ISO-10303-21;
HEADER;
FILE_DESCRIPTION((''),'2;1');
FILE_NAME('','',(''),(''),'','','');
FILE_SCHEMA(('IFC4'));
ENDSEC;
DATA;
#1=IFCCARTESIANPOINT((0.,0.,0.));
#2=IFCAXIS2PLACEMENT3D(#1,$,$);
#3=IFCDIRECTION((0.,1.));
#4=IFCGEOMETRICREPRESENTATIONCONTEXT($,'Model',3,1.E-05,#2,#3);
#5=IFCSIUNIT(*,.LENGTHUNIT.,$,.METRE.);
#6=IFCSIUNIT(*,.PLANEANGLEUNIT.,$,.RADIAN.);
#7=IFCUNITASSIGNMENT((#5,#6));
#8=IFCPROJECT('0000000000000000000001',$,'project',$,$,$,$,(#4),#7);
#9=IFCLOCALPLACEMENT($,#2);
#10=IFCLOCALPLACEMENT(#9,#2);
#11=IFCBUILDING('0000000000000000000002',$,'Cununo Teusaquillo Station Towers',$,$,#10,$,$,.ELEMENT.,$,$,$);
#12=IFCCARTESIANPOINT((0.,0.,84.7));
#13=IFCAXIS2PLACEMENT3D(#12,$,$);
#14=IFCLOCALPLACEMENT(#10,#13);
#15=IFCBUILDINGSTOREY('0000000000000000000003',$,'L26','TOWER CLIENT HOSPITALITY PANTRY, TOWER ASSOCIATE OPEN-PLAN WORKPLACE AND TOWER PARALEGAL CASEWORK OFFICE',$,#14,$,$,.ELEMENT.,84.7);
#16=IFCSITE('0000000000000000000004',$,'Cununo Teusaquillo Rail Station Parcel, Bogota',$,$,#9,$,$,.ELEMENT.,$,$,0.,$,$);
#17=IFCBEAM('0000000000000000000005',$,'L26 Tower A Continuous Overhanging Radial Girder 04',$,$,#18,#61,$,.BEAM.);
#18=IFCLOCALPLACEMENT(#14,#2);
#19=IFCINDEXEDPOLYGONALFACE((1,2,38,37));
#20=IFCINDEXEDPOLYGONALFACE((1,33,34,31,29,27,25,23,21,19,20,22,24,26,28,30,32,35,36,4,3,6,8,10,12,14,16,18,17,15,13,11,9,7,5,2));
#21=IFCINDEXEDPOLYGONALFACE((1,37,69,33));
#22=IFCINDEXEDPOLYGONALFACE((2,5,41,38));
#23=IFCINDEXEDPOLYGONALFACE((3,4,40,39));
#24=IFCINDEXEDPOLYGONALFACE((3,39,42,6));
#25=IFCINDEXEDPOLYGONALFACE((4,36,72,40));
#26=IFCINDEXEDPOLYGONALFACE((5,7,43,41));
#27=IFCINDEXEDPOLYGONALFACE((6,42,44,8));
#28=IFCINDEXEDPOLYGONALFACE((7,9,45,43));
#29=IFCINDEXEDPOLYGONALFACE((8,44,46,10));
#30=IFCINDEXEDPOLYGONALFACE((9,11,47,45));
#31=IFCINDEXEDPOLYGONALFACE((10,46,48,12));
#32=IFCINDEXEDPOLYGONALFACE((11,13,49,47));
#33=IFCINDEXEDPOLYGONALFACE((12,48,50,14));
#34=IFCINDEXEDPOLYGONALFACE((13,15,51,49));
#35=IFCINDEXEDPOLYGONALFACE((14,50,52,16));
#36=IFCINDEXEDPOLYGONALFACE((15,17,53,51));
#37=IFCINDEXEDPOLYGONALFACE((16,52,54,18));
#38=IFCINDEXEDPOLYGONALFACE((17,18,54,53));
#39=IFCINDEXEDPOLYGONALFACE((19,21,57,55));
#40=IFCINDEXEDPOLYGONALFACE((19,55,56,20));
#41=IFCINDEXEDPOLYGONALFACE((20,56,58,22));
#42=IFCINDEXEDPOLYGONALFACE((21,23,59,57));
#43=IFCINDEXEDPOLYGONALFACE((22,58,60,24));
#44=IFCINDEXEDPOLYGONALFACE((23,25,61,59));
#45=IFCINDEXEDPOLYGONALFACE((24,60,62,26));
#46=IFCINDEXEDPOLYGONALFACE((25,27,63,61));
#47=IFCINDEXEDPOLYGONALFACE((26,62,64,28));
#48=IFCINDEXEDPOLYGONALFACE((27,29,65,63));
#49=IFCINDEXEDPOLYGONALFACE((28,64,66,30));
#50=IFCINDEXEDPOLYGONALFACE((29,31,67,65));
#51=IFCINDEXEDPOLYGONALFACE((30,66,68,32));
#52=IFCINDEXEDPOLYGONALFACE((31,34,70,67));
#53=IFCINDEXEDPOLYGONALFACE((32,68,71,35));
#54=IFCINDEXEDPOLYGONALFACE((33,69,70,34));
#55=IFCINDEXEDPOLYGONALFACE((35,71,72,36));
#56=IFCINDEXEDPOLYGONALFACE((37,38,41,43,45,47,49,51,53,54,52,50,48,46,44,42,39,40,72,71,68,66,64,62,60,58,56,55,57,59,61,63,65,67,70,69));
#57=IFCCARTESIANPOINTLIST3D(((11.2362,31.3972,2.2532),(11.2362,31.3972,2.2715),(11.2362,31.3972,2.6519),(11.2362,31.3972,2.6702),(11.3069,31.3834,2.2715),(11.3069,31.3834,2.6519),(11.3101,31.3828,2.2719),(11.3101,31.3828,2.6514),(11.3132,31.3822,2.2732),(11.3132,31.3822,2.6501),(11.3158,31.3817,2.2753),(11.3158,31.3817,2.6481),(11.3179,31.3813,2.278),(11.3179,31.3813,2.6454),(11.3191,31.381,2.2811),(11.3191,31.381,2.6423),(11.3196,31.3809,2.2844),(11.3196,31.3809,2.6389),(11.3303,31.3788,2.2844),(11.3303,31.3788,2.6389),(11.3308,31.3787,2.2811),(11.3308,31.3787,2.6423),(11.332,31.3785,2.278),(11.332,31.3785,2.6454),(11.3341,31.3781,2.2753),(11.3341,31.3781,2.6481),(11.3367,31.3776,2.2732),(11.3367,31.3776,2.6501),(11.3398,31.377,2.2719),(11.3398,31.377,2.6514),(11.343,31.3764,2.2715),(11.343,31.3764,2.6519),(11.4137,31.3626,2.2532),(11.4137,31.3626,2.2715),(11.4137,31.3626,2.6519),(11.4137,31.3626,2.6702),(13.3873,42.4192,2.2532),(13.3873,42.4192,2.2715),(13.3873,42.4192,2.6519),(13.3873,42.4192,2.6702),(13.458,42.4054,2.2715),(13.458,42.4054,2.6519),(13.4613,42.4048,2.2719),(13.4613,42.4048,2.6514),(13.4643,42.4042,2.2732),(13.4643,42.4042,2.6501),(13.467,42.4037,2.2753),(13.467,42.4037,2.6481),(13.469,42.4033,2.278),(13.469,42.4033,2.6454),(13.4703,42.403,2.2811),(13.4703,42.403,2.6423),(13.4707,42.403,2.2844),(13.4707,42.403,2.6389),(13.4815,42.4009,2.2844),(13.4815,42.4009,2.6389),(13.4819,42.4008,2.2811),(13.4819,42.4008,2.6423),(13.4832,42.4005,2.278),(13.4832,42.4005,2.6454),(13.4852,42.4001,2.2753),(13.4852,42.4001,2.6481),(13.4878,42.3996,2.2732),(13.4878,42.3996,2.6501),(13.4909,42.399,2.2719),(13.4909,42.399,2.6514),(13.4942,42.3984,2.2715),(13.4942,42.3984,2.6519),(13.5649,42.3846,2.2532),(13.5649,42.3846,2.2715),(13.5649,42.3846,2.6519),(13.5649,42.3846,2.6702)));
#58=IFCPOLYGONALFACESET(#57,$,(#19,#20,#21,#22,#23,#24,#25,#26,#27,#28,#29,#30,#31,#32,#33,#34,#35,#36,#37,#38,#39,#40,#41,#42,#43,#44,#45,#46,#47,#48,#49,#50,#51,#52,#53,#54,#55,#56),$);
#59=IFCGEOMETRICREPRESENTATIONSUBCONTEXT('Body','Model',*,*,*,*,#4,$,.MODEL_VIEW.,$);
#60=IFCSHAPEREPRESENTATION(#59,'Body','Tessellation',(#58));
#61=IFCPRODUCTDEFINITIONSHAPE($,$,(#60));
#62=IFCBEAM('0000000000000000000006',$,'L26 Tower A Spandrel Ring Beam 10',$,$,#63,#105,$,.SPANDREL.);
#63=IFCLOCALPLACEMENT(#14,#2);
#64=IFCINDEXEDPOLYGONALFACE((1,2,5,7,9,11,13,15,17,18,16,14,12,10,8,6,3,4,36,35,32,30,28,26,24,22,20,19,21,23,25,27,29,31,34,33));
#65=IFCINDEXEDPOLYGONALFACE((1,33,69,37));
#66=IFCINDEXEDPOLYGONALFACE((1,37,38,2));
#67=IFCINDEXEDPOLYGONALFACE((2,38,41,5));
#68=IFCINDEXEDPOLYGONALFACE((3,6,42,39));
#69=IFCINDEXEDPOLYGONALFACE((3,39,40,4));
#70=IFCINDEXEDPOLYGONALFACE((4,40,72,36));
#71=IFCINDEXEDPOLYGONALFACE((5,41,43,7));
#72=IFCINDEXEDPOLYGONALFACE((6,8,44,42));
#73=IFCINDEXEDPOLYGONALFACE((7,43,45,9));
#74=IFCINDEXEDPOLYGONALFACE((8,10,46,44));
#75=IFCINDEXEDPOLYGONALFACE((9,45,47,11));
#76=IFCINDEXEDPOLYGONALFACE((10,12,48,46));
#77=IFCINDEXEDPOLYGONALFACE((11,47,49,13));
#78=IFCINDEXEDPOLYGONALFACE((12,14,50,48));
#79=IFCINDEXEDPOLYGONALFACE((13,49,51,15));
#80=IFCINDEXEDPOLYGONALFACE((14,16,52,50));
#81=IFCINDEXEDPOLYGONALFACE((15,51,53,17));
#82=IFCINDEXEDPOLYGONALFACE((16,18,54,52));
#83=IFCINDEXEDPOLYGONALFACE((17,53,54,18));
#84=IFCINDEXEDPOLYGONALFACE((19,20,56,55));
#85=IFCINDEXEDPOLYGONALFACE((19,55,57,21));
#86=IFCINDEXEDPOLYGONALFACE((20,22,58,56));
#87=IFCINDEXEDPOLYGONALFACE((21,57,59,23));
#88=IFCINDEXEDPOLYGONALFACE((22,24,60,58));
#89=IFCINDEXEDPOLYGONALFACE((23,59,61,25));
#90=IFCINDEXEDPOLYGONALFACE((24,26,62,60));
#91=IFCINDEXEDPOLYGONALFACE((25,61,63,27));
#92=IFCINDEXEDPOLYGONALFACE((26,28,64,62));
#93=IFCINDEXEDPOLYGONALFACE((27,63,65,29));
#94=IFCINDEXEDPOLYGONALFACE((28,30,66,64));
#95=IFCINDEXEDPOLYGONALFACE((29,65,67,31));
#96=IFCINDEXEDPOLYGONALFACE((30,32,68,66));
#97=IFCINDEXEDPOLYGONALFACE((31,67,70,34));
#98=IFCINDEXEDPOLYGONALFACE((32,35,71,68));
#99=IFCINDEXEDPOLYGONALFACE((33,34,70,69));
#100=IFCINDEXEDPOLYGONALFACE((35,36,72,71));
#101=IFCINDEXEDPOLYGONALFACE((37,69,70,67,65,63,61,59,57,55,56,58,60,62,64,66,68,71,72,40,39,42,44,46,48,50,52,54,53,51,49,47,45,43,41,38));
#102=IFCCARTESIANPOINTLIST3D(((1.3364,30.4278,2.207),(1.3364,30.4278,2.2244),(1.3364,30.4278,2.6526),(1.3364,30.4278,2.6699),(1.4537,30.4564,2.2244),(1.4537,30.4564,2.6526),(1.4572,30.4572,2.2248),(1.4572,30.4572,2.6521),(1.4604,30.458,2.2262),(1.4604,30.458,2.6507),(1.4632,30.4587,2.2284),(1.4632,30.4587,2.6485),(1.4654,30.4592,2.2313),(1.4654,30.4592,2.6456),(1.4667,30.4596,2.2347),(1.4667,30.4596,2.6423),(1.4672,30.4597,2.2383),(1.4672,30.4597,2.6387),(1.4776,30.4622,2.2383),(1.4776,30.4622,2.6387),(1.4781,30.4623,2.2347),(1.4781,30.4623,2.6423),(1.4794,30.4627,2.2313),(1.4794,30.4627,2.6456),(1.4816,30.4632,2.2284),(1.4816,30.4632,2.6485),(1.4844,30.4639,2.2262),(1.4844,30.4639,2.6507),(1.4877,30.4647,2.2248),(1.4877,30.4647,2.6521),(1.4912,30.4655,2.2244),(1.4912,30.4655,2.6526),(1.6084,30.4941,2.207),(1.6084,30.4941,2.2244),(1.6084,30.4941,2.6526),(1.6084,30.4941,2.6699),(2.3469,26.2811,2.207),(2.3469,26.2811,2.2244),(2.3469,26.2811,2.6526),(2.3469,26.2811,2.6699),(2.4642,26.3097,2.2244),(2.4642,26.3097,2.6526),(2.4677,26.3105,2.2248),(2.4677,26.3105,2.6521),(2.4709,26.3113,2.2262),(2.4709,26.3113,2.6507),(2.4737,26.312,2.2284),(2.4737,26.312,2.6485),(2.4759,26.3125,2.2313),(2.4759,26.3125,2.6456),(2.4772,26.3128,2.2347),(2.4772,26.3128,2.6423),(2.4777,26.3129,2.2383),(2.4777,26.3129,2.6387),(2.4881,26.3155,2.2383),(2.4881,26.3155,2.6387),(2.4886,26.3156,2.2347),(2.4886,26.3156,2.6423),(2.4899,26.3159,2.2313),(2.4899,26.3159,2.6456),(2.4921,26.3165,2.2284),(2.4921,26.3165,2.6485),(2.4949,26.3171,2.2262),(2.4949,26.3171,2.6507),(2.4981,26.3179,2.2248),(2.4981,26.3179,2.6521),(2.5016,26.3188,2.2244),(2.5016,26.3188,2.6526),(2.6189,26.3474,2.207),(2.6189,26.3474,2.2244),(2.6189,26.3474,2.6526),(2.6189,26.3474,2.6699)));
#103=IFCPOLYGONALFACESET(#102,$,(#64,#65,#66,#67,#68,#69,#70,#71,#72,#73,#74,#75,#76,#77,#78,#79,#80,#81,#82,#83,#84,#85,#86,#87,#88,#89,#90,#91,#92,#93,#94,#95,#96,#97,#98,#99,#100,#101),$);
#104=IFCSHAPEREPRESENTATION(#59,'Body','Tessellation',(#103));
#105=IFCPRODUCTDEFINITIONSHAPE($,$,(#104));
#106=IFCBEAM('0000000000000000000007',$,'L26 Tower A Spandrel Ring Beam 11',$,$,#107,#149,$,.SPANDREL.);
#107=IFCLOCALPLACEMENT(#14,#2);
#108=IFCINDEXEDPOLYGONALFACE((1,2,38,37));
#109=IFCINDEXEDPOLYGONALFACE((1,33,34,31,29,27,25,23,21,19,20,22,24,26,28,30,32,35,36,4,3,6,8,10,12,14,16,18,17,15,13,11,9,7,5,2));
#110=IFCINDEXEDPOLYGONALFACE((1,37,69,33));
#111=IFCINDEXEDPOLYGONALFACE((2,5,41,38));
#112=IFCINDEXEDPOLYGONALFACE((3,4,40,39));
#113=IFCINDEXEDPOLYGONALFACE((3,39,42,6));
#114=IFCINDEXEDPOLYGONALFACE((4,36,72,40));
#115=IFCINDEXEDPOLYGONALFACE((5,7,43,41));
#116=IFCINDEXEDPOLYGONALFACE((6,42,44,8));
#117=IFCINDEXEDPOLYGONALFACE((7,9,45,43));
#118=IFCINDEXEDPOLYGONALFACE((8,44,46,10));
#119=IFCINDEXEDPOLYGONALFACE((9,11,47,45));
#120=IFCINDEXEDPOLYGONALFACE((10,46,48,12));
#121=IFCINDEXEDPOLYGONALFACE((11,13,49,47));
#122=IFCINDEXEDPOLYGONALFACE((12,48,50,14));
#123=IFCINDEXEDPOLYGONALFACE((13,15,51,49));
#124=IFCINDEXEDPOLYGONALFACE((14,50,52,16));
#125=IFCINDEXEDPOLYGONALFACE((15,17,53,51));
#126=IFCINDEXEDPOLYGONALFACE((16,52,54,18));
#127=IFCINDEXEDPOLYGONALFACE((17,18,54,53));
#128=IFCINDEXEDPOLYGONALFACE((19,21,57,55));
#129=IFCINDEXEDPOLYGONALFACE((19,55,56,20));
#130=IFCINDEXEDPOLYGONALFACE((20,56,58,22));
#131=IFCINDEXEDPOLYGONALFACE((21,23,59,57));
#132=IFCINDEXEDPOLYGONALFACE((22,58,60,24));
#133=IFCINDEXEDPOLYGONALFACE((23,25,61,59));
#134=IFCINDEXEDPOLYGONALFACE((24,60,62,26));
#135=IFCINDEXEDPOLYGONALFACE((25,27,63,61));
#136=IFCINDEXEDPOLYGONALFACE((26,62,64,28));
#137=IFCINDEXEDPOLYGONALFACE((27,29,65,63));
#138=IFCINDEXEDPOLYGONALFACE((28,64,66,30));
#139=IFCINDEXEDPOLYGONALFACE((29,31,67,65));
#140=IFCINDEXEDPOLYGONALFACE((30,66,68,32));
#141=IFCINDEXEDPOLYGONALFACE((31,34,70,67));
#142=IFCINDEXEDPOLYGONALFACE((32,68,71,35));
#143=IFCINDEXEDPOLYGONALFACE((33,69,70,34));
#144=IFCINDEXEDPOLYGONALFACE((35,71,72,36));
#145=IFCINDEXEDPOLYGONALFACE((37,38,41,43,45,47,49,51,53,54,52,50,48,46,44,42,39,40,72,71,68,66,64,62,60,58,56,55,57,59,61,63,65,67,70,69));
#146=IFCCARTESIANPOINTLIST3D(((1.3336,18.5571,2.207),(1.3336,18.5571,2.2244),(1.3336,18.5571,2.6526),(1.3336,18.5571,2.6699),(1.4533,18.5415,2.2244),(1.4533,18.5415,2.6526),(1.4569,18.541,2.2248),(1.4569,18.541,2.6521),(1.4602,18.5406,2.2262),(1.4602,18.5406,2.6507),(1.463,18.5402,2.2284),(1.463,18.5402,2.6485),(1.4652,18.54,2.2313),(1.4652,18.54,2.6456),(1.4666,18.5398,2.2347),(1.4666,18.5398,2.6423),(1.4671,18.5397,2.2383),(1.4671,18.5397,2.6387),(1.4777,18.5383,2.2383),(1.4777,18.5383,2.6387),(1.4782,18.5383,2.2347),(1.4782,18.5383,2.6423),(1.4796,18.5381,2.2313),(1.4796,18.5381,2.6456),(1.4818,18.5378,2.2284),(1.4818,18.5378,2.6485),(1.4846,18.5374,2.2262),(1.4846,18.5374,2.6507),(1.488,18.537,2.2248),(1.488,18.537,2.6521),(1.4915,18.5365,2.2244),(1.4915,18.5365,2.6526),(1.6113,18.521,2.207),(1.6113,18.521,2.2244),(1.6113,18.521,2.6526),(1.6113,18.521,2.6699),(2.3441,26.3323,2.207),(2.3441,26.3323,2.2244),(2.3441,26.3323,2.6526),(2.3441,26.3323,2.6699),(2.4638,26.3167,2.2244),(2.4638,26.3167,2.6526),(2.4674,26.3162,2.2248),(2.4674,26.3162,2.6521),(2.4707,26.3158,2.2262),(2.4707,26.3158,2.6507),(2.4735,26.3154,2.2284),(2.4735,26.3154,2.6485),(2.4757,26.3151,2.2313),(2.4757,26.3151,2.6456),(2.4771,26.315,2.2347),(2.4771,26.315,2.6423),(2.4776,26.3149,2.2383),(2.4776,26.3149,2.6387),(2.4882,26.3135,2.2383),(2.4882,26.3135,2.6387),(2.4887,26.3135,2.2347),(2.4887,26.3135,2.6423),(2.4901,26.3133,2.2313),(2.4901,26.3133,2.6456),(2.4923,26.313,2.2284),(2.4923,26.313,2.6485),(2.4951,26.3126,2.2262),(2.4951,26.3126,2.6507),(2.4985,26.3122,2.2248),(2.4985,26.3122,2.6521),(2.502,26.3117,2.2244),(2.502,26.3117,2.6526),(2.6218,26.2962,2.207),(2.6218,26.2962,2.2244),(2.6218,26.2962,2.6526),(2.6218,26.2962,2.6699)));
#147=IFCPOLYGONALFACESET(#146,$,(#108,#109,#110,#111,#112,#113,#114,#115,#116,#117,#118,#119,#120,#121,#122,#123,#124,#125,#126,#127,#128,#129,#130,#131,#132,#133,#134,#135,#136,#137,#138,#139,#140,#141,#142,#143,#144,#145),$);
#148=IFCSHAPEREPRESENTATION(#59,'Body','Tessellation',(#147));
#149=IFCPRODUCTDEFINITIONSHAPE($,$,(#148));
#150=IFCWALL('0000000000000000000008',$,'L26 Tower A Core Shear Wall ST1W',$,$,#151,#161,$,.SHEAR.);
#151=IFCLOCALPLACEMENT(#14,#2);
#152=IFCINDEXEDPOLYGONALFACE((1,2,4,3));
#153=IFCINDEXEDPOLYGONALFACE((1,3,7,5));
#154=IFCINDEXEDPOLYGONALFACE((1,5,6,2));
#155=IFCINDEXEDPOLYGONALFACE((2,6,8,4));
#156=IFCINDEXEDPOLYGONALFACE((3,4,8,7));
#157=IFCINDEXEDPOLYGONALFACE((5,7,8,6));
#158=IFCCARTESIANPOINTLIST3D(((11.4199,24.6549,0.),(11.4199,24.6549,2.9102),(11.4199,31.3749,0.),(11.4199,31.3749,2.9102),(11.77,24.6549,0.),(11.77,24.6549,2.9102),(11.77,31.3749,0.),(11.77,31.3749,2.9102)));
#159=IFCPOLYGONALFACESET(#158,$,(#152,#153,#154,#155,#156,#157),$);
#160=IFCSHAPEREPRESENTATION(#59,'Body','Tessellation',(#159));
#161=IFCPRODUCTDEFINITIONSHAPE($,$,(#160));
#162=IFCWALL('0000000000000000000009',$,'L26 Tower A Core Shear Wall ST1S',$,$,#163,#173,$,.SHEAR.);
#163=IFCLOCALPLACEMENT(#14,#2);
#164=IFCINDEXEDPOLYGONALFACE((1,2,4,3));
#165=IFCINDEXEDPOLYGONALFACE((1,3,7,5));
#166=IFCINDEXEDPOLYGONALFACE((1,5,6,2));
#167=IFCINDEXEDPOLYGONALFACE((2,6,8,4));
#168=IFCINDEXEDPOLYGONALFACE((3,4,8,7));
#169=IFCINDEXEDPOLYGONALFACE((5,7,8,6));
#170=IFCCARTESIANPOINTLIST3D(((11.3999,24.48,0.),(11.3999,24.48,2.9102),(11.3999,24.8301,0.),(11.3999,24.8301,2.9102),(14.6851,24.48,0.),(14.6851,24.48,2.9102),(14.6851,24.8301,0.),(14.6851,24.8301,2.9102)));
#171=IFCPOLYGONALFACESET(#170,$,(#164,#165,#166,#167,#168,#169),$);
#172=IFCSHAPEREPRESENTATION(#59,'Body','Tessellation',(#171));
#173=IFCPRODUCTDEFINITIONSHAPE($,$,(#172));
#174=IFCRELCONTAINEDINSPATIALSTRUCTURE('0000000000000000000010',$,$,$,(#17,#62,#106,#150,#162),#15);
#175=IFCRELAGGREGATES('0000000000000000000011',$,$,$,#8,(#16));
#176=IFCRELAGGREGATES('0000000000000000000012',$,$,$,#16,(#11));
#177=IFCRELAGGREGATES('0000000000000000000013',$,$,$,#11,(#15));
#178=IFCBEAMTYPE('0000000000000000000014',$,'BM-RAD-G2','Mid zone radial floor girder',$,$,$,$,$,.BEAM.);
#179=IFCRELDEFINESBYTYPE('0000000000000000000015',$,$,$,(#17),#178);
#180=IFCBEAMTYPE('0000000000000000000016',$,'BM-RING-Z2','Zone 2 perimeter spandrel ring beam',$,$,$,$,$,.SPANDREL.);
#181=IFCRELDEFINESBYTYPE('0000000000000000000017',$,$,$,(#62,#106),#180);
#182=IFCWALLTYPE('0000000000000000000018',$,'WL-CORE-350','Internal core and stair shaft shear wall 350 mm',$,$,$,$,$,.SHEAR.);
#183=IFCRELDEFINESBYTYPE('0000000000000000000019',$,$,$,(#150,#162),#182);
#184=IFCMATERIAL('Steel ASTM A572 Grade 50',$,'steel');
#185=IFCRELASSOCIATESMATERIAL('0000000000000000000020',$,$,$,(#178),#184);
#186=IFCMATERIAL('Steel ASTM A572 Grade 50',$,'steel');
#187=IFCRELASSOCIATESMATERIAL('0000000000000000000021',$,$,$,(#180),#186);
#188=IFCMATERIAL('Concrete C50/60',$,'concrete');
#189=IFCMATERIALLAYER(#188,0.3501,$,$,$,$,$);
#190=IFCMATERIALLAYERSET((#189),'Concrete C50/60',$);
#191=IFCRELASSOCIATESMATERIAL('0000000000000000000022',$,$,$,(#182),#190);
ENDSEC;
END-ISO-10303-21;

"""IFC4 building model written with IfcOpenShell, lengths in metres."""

from ifc_helpers import new_model, si_unit, direction, frame, frame_2d, origin, origin_2d, place, context, subcontext, project, spatial, rectangle, i_section, extrude, material, layer, layer_set, material_profile, profile_set, type_object, element, save


model = new_model("IFC4")

# Units and contexts
model_context = context("Model", 3, precision=1e-05, world=origin(), true_north=direction((0.0, 1.0)))
body_context = subcontext(model_context, "Body", "Model", "MODEL_VIEW")
ifc_project = project(units=[si_unit("LENGTHUNIT", "METRE"), si_unit("PLANEANGLEUNIT", "RADIAN")], contexts=[model_context])

# Site, building, storey
site_placement = place(None, origin())
site = spatial("IfcSite", under=ifc_project, at=site_placement, Name="Cununo Teusaquillo Rail Station Parcel, Bogota", CompositionType="ELEMENT", RefElevation=0.0)
building_placement = place(site_placement, origin())
building = spatial("IfcBuilding", under=site, at=building_placement, Name="Cununo Teusaquillo Station Towers", CompositionType="ELEMENT")
storey_placement = place(building_placement, frame((0.0, 0.0, 84.7)))
storey = spatial("IfcBuildingStorey", under=building, at=storey_placement, Name="L26", Description="TOWER CLIENT HOSPITALITY PANTRY, TOWER ASSOCIATE OPEN-PLAN WORKPLACE AND TOWER PARALEGAL CASEWORK OFFICE", CompositionType="ELEMENT", Elevation=84.7)

# Beams
ifc_material_1 = material(Name="Steel ASTM A572 Grade 50", Category="steel")
ifc_material_profile_1 = material_profile(ifc_material_1, i_section(OverallWidth=0.1809, OverallDepth=0.417, WebThickness=0.011, FlangeThickness=0.0183, FilletRadius=0.0129, at=origin_2d()), Name="W16X57")
ifc_profile_set_1 = profile_set([ifc_material_profile_1], Name="Steel ASTM A572 Grade 50")
beam_type_1 = type_object("IfcBeamType", Name="BM-RAD-G2", Description="Mid zone radial floor girder", PredefinedType="BEAM", material=ifc_profile_set_1)
beam_1_placement = place(storey_placement, frame((11.325, 31.3799, 2.4617), z_axis=(0.191553, 0.981482, 0.0), x_axis=(-0.981482, 0.191553, 0.0)))
element("IfcBeam", 1, at=beam_1_placement, inside=storey, type_object=beam_type_1, Name="L26 Tower A Continuous Overhanging Radial Girder 04", PredefinedType="BEAM", context=body_context, shape_type="SweptSolid", body=[
    extrude(i_section(OverallWidth=0.1809, OverallDepth=0.417, WebThickness=0.011, FlangeThickness=0.0183, FilletRadius=0.0129, at=origin_2d()), origin(), (0.0, 0.0, 1.0), 11.23),
])
ifc_material_2 = material(Name="Steel ASTM A572 Grade 50", Category="steel")
ifc_material_profile_2 = material_profile(ifc_material_2, i_section(OverallWidth=0.28, OverallDepth=0.4629, WebThickness=0.0107, FlangeThickness=0.0173, FilletRadius=0.0139, at=origin_2d()), Name="W18X76")
ifc_profile_set_2 = profile_set([ifc_material_profile_2], Name="Steel ASTM A572 Grade 50")
beam_type_2 = type_object("IfcBeamType", Name="BM-RING-Z2", Description="Zone 2 perimeter spandrel ring beam", PredefinedType="SPANDREL", material=ifc_profile_set_2)
beam_2_placement = place(storey_placement, frame((1.4724, 30.4609, 2.4385), z_axis=(0.236757, -0.971569, 0.0), x_axis=(0.971569, 0.236757, 0.0)))
element("IfcBeam", 2, at=beam_2_placement, inside=storey, type_object=beam_type_2, Name="L26 Tower A Spandrel Ring Beam 10", PredefinedType="SPANDREL", context=body_context, shape_type="SweptSolid", body=[
    extrude(i_section(OverallWidth=0.28, OverallDepth=0.4629, WebThickness=0.0107, FlangeThickness=0.0173, FilletRadius=0.0139, at=origin_2d()), origin(), (0.0, 0.0, 1.0), 4.2681),
])
beam_3_placement = place(storey_placement, frame((2.4829, 26.3142, 2.4385), z_axis=(-0.128881, -0.99166, 0.0), x_axis=(0.99166, -0.128881, 0.0)))
element("IfcBeam", 3, at=beam_3_placement, inside=storey, type_object=beam_type_2, Name="L26 Tower A Spandrel Ring Beam 11", PredefinedType="SPANDREL", context=body_context, shape_type="SweptSolid", body=[
    extrude(i_section(OverallWidth=0.28, OverallDepth=0.4629, WebThickness=0.0107, FlangeThickness=0.0173, FilletRadius=0.0139, at=origin_2d()), origin(), (0.0, 0.0, 1.0), 7.8406),
])

# Walls
ifc_material_3 = material(Name="Concrete C50/60", Category="concrete")
ifc_layer_1 = layer(ifc_material_3, 0.3501)
ifc_layer_set_1 = layer_set([ifc_layer_1], Name="Concrete C50/60")
wall_type_1 = type_object("IfcWallType", Name="WL-CORE-350", Description="Internal core and stair shaft shear wall 350 mm", PredefinedType="SHEAR", material=ifc_layer_set_1)
wall_1_placement = place(storey_placement, frame((11.595, 24.655, 0.0), z_axis=(0.0, 0.0, 1.0), x_axis=(0.0, 1.0, 0.0)))
element("IfcWall", 4, at=wall_1_placement, inside=storey, type_object=wall_type_1, Name="L26 Tower A Core Shear Wall ST1W", PredefinedType="SHEAR", context=body_context, shape_type="SweptSolid", body=[
    extrude(rectangle(XDim=6.72, YDim=0.3501, at=frame_2d((3.3599, 0.0))), origin(), (0.0, 0.0, 1.0), 2.9102),
])
wall_2_placement = place(storey_placement, frame((11.3999, 24.655, 0.0), z_axis=(0.0, 0.0, 1.0), x_axis=(1.0, 0.0, 0.0)))
element("IfcWall", 5, at=wall_2_placement, inside=storey, type_object=wall_type_1, Name="L26 Tower A Core Shear Wall ST1S", PredefinedType="SHEAR", context=body_context, shape_type="SweptSolid", body=[
    extrude(rectangle(XDim=3.2852, YDim=0.3501, at=frame_2d((1.6426, 0.0))), origin(), (0.0, 0.0, 1.0), 2.9102),
])

save(model, "model.ifc")
